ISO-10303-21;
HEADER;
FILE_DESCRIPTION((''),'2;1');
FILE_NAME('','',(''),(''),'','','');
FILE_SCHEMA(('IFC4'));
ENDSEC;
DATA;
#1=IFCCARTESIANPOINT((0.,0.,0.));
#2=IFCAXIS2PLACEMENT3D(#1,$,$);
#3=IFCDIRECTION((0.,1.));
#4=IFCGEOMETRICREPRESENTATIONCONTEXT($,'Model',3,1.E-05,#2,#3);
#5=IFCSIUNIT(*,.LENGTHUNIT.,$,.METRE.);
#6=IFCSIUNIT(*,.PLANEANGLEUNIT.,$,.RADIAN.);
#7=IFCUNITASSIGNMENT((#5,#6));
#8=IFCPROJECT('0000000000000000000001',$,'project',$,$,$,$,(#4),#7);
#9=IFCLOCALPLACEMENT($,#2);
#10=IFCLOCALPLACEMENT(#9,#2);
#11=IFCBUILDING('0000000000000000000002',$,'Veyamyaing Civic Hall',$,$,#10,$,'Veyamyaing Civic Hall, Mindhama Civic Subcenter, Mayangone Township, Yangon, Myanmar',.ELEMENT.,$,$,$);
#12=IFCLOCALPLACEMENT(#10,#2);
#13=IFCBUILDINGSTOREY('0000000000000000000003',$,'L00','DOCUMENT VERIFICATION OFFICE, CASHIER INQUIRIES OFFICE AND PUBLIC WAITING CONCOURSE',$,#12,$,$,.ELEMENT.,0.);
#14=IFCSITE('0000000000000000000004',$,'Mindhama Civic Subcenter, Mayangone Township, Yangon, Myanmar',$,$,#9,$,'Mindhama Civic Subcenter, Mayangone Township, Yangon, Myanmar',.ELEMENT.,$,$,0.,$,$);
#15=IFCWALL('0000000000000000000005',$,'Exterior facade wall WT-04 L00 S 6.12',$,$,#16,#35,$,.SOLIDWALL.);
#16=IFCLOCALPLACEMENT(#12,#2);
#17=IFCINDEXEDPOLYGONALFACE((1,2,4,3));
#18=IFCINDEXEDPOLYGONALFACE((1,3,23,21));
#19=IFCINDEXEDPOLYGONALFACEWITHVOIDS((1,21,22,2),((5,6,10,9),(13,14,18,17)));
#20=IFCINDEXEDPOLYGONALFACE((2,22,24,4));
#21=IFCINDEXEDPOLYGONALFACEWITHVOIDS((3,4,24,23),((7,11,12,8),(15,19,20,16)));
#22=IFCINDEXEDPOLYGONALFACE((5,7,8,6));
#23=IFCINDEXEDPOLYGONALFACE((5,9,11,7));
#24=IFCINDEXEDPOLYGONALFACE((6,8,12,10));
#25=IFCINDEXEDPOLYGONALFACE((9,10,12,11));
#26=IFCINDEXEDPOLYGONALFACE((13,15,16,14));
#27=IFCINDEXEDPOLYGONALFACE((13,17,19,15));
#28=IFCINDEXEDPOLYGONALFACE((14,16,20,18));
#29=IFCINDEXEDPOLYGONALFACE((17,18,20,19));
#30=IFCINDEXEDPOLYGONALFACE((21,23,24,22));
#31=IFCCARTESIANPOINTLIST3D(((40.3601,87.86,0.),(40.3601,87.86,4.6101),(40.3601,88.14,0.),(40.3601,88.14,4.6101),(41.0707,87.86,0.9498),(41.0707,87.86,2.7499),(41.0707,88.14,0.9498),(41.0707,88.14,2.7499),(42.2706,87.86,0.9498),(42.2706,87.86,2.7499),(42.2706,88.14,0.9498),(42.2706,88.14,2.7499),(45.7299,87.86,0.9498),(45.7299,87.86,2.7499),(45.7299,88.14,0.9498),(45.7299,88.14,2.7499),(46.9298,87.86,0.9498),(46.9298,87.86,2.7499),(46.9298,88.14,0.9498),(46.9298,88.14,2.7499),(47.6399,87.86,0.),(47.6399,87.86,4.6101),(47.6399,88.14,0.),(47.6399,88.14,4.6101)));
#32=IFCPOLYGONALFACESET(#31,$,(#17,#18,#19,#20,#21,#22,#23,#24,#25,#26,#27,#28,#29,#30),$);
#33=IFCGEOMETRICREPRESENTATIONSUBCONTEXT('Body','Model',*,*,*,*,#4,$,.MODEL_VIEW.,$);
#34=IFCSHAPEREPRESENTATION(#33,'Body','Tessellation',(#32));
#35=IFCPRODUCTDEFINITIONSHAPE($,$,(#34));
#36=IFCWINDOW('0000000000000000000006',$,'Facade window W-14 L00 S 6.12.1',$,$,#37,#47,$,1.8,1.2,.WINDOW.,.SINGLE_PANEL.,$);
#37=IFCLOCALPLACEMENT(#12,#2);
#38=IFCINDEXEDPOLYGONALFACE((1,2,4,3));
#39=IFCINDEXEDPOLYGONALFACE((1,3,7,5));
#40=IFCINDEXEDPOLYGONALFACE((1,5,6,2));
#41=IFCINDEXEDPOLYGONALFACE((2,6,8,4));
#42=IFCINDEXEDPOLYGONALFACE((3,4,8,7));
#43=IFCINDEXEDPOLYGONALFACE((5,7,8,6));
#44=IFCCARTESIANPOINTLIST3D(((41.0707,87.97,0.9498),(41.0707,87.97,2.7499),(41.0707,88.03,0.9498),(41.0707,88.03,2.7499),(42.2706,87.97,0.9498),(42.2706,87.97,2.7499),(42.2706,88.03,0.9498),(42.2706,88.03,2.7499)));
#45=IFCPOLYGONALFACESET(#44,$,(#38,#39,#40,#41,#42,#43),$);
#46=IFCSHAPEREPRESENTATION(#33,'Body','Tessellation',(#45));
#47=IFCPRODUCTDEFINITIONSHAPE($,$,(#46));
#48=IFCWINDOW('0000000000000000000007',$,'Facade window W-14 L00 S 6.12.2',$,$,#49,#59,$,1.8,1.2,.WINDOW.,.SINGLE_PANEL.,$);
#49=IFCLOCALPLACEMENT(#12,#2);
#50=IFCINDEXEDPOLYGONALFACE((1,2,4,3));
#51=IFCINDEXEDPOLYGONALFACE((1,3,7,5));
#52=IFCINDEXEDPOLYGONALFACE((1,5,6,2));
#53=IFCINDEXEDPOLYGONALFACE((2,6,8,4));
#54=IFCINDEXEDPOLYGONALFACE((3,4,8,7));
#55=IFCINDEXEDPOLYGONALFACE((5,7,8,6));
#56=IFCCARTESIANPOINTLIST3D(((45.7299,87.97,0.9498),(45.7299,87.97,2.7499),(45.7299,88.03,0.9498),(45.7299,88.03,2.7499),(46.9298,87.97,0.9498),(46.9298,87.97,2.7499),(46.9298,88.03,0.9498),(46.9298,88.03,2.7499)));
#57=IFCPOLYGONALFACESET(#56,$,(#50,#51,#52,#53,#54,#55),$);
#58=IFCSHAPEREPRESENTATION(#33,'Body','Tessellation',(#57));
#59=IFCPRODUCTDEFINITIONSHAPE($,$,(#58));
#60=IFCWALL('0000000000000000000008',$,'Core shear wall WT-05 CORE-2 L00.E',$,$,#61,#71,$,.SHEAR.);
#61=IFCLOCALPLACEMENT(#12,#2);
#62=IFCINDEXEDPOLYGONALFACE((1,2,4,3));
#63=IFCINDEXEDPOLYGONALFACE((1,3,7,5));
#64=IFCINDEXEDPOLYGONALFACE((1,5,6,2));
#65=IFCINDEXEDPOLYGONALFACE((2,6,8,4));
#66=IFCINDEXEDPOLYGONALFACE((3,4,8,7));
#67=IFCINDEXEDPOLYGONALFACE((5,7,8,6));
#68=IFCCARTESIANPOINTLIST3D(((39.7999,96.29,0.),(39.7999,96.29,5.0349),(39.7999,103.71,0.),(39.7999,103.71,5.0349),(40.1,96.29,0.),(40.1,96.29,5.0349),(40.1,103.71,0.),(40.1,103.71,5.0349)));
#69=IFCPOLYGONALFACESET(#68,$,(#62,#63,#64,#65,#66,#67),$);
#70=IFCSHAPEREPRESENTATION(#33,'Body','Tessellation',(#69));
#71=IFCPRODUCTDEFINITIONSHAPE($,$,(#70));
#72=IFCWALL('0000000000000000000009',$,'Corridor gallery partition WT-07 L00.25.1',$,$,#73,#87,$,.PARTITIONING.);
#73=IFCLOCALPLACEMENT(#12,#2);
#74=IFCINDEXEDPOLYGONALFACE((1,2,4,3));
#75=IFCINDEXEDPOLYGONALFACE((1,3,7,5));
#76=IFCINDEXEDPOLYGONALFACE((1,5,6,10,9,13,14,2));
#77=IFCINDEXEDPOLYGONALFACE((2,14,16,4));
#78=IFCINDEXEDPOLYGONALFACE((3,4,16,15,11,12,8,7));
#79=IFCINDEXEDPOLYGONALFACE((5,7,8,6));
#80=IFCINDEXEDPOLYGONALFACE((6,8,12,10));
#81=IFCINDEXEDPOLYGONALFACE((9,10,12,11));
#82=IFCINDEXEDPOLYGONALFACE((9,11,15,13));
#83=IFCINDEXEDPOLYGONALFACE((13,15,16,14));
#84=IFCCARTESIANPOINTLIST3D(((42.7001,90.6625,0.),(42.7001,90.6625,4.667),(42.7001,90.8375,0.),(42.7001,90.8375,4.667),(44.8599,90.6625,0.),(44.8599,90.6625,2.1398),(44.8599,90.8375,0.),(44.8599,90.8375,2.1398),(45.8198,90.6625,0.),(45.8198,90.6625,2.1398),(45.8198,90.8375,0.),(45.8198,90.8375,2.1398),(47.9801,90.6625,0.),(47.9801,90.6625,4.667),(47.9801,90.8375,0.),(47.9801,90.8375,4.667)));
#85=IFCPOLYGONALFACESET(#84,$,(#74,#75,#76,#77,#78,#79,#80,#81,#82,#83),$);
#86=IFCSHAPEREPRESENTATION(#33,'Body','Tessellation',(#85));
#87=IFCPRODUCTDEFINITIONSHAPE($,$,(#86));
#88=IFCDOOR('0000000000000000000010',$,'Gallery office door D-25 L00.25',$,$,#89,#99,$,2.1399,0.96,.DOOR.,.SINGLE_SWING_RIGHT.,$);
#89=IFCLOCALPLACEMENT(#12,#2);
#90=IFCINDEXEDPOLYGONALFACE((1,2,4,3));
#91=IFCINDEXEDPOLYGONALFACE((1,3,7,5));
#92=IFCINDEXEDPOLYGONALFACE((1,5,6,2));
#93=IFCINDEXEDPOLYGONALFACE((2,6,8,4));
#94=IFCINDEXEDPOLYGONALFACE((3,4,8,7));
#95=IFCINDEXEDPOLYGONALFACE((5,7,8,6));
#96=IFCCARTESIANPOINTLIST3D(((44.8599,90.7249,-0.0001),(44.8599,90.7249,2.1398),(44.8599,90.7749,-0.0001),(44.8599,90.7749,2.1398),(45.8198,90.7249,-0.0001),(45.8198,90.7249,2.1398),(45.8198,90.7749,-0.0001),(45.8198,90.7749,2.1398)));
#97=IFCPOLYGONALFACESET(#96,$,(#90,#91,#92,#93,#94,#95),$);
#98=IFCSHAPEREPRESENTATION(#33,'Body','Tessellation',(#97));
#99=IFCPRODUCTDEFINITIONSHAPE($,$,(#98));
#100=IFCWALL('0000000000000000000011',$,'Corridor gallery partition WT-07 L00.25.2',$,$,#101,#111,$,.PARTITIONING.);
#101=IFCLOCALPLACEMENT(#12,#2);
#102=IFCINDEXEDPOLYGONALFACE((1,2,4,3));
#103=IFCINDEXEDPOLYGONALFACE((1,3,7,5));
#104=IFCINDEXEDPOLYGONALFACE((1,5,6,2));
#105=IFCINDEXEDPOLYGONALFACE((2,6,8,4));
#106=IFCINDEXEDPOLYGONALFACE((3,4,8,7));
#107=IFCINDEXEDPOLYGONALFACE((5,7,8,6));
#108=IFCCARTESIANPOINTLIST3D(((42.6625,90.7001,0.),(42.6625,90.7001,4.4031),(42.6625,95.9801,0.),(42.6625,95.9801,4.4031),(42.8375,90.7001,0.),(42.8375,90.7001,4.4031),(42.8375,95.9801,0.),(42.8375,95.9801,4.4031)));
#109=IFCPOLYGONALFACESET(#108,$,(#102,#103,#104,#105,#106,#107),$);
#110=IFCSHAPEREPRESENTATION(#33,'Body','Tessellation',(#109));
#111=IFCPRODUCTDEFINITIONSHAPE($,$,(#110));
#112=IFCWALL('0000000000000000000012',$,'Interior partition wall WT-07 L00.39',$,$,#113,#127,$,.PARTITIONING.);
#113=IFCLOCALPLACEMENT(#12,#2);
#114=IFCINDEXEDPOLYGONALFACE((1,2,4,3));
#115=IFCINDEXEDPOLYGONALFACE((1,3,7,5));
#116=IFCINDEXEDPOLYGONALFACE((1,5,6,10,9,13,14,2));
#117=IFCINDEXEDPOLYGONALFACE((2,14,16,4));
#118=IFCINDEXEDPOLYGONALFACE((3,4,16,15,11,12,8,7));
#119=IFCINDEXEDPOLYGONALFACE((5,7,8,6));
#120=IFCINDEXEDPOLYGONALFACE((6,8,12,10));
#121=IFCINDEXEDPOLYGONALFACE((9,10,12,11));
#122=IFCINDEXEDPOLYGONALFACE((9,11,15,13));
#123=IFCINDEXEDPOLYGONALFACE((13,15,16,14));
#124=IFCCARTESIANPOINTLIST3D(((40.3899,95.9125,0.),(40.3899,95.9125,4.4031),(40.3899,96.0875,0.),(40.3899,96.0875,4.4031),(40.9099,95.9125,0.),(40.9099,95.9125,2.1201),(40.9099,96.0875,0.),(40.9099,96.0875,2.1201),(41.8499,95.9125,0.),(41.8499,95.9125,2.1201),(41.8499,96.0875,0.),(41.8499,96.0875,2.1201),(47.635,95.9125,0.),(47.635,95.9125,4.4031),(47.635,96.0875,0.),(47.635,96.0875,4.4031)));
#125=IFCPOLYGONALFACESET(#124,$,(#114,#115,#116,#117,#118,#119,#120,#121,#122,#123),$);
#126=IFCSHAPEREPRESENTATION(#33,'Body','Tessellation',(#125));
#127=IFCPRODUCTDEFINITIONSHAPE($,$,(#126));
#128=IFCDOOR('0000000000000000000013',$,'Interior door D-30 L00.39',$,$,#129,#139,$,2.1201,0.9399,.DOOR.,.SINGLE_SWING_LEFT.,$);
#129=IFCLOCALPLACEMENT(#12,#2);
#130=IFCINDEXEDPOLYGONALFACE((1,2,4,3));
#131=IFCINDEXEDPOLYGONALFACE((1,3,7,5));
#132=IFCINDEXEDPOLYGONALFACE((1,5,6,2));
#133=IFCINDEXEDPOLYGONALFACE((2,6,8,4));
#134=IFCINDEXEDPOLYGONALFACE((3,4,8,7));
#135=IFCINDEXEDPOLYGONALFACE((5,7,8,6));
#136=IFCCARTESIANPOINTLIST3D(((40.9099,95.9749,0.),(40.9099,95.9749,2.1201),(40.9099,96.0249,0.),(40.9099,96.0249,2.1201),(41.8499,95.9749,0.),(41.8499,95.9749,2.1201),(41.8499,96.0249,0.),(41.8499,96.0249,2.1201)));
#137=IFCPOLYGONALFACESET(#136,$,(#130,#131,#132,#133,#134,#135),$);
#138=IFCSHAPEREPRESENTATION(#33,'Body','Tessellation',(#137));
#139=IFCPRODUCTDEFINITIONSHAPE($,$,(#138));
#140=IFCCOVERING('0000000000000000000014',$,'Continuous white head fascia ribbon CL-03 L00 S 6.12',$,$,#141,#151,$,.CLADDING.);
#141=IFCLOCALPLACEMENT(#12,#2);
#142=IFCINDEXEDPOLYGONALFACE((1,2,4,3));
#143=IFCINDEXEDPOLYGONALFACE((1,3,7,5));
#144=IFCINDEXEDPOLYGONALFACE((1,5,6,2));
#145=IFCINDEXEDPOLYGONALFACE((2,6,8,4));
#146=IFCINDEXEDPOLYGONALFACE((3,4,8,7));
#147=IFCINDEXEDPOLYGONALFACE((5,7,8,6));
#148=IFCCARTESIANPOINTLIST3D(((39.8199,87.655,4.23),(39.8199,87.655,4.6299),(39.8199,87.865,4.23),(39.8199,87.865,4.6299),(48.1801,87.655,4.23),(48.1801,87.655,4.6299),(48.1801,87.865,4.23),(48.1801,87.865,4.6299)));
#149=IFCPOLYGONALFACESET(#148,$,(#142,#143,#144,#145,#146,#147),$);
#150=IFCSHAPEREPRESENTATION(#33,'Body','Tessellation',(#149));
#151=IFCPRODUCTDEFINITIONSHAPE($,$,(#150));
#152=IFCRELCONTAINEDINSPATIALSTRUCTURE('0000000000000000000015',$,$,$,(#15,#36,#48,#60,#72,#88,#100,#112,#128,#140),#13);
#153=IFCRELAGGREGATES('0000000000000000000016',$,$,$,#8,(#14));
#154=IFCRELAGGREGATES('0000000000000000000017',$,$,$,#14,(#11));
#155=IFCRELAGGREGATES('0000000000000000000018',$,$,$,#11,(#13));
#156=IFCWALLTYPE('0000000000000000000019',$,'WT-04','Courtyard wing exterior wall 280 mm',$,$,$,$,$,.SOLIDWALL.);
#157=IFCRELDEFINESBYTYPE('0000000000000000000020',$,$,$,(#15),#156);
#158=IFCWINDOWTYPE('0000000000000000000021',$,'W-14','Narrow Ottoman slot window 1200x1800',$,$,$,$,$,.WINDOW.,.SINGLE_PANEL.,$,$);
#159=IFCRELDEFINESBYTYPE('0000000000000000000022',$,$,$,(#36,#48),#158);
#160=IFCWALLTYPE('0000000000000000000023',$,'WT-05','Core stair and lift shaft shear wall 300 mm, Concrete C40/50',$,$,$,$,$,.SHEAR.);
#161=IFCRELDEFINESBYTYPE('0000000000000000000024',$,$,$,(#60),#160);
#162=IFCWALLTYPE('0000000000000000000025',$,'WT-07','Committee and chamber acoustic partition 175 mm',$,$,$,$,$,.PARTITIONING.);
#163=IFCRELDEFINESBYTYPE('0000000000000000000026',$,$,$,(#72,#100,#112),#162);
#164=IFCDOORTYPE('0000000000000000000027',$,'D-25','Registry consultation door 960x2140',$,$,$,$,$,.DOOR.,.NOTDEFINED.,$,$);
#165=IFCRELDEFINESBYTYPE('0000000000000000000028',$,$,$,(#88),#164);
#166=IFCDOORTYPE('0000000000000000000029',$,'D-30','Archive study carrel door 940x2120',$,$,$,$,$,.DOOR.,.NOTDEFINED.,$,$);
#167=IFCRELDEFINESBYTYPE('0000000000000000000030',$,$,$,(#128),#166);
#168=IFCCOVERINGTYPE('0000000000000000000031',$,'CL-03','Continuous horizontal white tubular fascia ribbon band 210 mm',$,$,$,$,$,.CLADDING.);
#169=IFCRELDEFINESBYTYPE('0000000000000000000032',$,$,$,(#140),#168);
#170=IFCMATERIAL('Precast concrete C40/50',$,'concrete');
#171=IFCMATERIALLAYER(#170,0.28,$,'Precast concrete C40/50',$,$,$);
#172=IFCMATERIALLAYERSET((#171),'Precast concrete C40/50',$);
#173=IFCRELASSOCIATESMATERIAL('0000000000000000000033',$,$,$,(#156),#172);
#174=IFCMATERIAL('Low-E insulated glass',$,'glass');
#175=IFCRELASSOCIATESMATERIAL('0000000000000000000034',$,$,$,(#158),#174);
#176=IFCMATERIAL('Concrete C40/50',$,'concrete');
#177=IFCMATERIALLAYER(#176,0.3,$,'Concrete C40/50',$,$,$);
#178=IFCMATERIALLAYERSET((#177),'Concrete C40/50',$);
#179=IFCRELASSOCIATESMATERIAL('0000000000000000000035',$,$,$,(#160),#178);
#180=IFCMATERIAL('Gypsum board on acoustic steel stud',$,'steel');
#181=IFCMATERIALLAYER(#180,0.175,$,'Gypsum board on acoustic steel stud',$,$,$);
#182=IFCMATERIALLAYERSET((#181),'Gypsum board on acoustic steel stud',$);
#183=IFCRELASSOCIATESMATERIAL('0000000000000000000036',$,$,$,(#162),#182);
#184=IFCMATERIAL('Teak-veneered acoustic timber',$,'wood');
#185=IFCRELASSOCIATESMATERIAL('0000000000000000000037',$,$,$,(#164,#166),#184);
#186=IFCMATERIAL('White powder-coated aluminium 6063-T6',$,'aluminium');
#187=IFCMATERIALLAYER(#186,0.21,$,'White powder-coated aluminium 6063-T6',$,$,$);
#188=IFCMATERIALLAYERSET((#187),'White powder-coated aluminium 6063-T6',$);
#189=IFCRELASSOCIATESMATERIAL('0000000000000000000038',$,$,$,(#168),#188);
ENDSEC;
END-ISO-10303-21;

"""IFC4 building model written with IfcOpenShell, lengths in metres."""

from ifc_helpers import new_model, si_unit, direction, frame, frame_2d, origin, origin_2d, place, context, subcontext, project, spatial, rectangle, extrude, material, layer, layer_set, type_object, element, fill, save


model = new_model("IFC4")

# Units and contexts
model_context = context("Model", 3, precision=1e-05, world=origin(), true_north=direction((0.0, 1.0)))
body_context = subcontext(model_context, "Body", "Model", "MODEL_VIEW")
ifc_project = project(units=[si_unit("LENGTHUNIT", "METRE"), si_unit("PLANEANGLEUNIT", "RADIAN")], contexts=[model_context])

# Site, building, storey
site_placement = place(None, origin())
site = spatial("IfcSite", under=ifc_project, at=site_placement, Name="Mindhama Civic Subcenter, Mayangone Township, Yangon, Myanmar", LongName="Mindhama Civic Subcenter, Mayangone Township, Yangon, Myanmar", CompositionType="ELEMENT", RefElevation=0.0)
building_placement = place(site_placement, origin())
building = spatial("IfcBuilding", under=site, at=building_placement, Name="Veyamyaing Civic Hall", LongName="Veyamyaing Civic Hall, Mindhama Civic Subcenter, Mayangone Township, Yangon, Myanmar", CompositionType="ELEMENT")
storey_placement = place(building_placement, origin())
storey = spatial("IfcBuildingStorey", under=building, at=storey_placement, Name="L00", Description="DOCUMENT VERIFICATION OFFICE, CASHIER INQUIRIES OFFICE AND PUBLIC WAITING CONCOURSE", CompositionType="ELEMENT", Elevation=0.0)

# Wall, openings, windows
ifc_material_1 = material(Name="Precast concrete C40/50", Category="concrete")
ifc_layer_1 = layer(ifc_material_1, 0.28, Name="Precast concrete C40/50")
ifc_layer_set_1 = layer_set([ifc_layer_1], Name="Precast concrete C40/50")
wall_type_1 = type_object("IfcWallType", Name="WT-04", Description="Courtyard wing exterior wall 280 mm", PredefinedType="SOLIDWALL", material=ifc_layer_set_1)
wall_1_placement = place(storey_placement, frame((40.3601, 88.0, 0.0), z_axis=(0.0, 0.0, 1.0), x_axis=(1.0, 0.0, 0.0)))
wall_1 = element("IfcWall", 1, at=wall_1_placement, inside=storey, type_object=wall_type_1, Name="Exterior facade wall WT-04 L00 S 6.12", PredefinedType="SOLIDWALL", context=body_context, shape_type="SweptSolid", body=[
    extrude(rectangle(XDim=7.2798, YDim=0.28, at=frame_2d((3.6399, 0.0))), origin(), (0.0, 0.0, 1.0), 4.6101),
])
opening_1_placement = place(wall_1_placement, frame((0.7104, 0.0, 0.95)))
opening_1 = element("IfcOpeningElement", 2, at=opening_1_placement, cuts=wall_1, PredefinedType="OPENING", context=body_context, shape_type="SweptSolid", body=[
    extrude(rectangle(XDim=1.2, YDim=1.8, at=frame_2d((0.6001, 0.8999))), frame((0.0, 0.1499, 0.0), z_axis=(0.0, -1.0, 0.0), x_axis=(1.0, 0.0, 0.0)), (0.0, 0.0, 1.0), 0.3),
])
opening_2_placement = place(wall_1_placement, frame((5.3696, 0.0, 0.95)))
opening_2 = element("IfcOpeningElement", 3, at=opening_2_placement, cuts=wall_1, PredefinedType="OPENING", context=body_context, shape_type="SweptSolid", body=[
    extrude(rectangle(XDim=1.2, YDim=1.8, at=frame_2d((0.6001, 0.8999))), frame((0.0, 0.1499, 0.0), z_axis=(0.0, -1.0, 0.0), x_axis=(1.0, 0.0, 0.0)), (0.0, 0.0, 1.0), 0.3),
])
ifc_material_2 = material(Name="Low-E insulated glass", Category="glass")
window_type = type_object("IfcWindowType", Name="W-14", Description="Narrow Ottoman slot window 1200x1800", PartitioningType="SINGLE_PANEL", PredefinedType="WINDOW", material=ifc_material_2)
window_1_placement = place(opening_1_placement, origin())
window_1 = element("IfcWindow", 4, at=window_1_placement, inside=storey, type_object=window_type, Name="Facade window W-14 L00 S 6.12.1", OverallHeight=1.8, OverallWidth=1.2, PartitioningType="SINGLE_PANEL", PredefinedType="WINDOW", context=body_context, shape_type="SweptSolid", body=[
    extrude(rectangle(XDim=1.2, YDim=1.8, at=frame_2d((0.6001, 0.8999))), frame((0.0, 0.03, 0.0), z_axis=(0.0, -1.0, 0.0), x_axis=(1.0, 0.0, 0.0)), (0.0, 0.0, 1.0), 0.0601),
])
fill(opening_1, window_1)
window_2_placement = place(opening_2_placement, origin())
window_2 = element("IfcWindow", 5, at=window_2_placement, inside=storey, type_object=window_type, Name="Facade window W-14 L00 S 6.12.2", OverallHeight=1.8, OverallWidth=1.2, PartitioningType="SINGLE_PANEL", PredefinedType="WINDOW", context=body_context, shape_type="SweptSolid", body=[
    extrude(rectangle(XDim=1.2, YDim=1.8, at=frame_2d((0.6001, 0.8999))), frame((0.0, 0.03, 0.0), z_axis=(0.0, -1.0, 0.0), x_axis=(1.0, 0.0, 0.0)), (0.0, 0.0, 1.0), 0.0601),
])
fill(opening_2, window_2)

# Wall
ifc_material_3 = material(Name="Concrete C40/50", Category="concrete")
ifc_layer_2 = layer(ifc_material_3, 0.3, Name="Concrete C40/50")
ifc_layer_set_2 = layer_set([ifc_layer_2], Name="Concrete C40/50")
wall_type_2 = type_object("IfcWallType", Name="WT-05", Description="Core stair and lift shaft shear wall 300 mm, Concrete C40/50", PredefinedType="SHEAR", material=ifc_layer_set_2)
wall_2_placement = place(storey_placement, frame((39.95, 96.29, 0.0), z_axis=(0.0, 0.0, 1.0), x_axis=(0.0, 1.0, 0.0)))
element("IfcWall", 6, at=wall_2_placement, inside=storey, type_object=wall_type_2, Name="Core shear wall WT-05 CORE-2 L00.E", PredefinedType="SHEAR", context=body_context, shape_type="SweptSolid", body=[
    extrude(rectangle(XDim=7.4199, YDim=0.3, at=frame_2d((3.71, 0.0))), origin(), (0.0, 0.0, 1.0), 5.0349),
])

# Wall, opening, door
ifc_material_4 = material(Name="Gypsum board on acoustic steel stud", Category="steel")
ifc_layer_3 = layer(ifc_material_4, 0.175, Name="Gypsum board on acoustic steel stud")
ifc_layer_set_3 = layer_set([ifc_layer_3], Name="Gypsum board on acoustic steel stud")
wall_type_3 = type_object("IfcWallType", Name="WT-07", Description="Committee and chamber acoustic partition 175 mm", PredefinedType="PARTITIONING", material=ifc_layer_set_3)
wall_3_placement = place(storey_placement, frame((42.7, 90.75, 0.0), z_axis=(0.0, 0.0, 1.0), x_axis=(1.0, 0.0, 0.0)))
wall_3 = element("IfcWall", 7, at=wall_3_placement, inside=storey, type_object=wall_type_3, Name="Corridor gallery partition WT-07 L00.25.1", PredefinedType="PARTITIONING", context=body_context, shape_type="SweptSolid", body=[
    extrude(rectangle(XDim=5.28, YDim=0.175, at=frame_2d((2.6401, 0.0))), origin(), (0.0, 0.0, 1.0), 4.667),
])
opening_3_placement = place(wall_3_placement, frame((2.1599, 0.0, 0.0)))
opening_3 = element("IfcOpeningElement", 8, at=opening_3_placement, cuts=wall_3, PredefinedType="OPENING", context=body_context, shape_type="SweptSolid", body=[
    extrude(rectangle(XDim=0.96, YDim=2.1399, at=frame_2d((0.48, 1.0698))), frame((0.0, 0.0974, 0.0), z_axis=(0.0, -1.0, 0.0), x_axis=(1.0, 0.0, 0.0)), (0.0, 0.0, 1.0), 0.1951),
])
ifc_material_5 = material(Name="Teak-veneered acoustic timber", Category="wood")
door_type_1 = type_object("IfcDoorType", Name="D-25", Description="Registry consultation door 960x2140", OperationType="NOTDEFINED", PredefinedType="DOOR", material=ifc_material_5)
door_1_placement = place(opening_3_placement, origin())
door_1 = element("IfcDoor", 9, at=door_1_placement, inside=storey, type_object=door_type_1, Name="Gallery office door D-25 L00.25", OperationType="SINGLE_SWING_RIGHT", OverallHeight=2.1399, OverallWidth=0.96, PredefinedType="DOOR", context=body_context, shape_type="SweptSolid", body=[
    extrude(rectangle(XDim=0.96, YDim=2.1399, at=frame_2d((0.48, 1.0698))), frame((0.0, 0.0249, 0.0), z_axis=(0.0, -1.0, 0.0), x_axis=(1.0, 0.0, 0.0)), (0.0, 0.0, 1.0), 0.05),
])
fill(opening_3, door_1)

# Wall
wall_4_placement = place(storey_placement, frame((42.75, 90.7, 0.0), z_axis=(0.0, 0.0, 1.0), x_axis=(0.0, 1.0, 0.0)))
element("IfcWall", 10, at=wall_4_placement, inside=storey, type_object=wall_type_3, Name="Corridor gallery partition WT-07 L00.25.2", PredefinedType="PARTITIONING", context=body_context, shape_type="SweptSolid", body=[
    extrude(rectangle(XDim=5.28, YDim=0.175, at=frame_2d((2.6401, 0.0))), origin(), (0.0, 0.0, 1.0), 4.4031),
])

# Wall, opening, door
wall_5_placement = place(storey_placement, frame((40.3899, 96.0, 0.0), z_axis=(0.0, 0.0, 1.0), x_axis=(1.0, 0.0, 0.0)))
wall_5 = element("IfcWall", 11, at=wall_5_placement, inside=storey, type_object=wall_type_3, Name="Interior partition wall WT-07 L00.39", PredefinedType="PARTITIONING", context=body_context, shape_type="SweptSolid", body=[
    extrude(rectangle(XDim=7.2451, YDim=0.175, at=frame_2d((3.6226, 0.0))), origin(), (0.0, 0.0, 1.0), 4.4031),
])
opening_4_placement = place(wall_5_placement, frame((0.52, 0.0, 0.0)))
opening_4 = element("IfcOpeningElement", 12, at=opening_4_placement, cuts=wall_5, PredefinedType="OPENING", context=body_context, shape_type="SweptSolid", body=[
    extrude(rectangle(XDim=0.9399, YDim=2.1201, at=frame_2d((0.47, 1.0601))), frame((0.0, 0.0974, 0.0), z_axis=(0.0, -1.0, 0.0), x_axis=(1.0, 0.0, 0.0)), (0.0, 0.0, 1.0), 0.1951),
])
door_type_2 = type_object("IfcDoorType", Name="D-30", Description="Archive study carrel door 940x2120", OperationType="NOTDEFINED", PredefinedType="DOOR", material=ifc_material_5)
door_2_placement = place(opening_4_placement, origin())
door_2 = element("IfcDoor", 13, at=door_2_placement, inside=storey, type_object=door_type_2, Name="Interior door D-30 L00.39", OperationType="SINGLE_SWING_LEFT", OverallHeight=2.1201, OverallWidth=0.9399, PredefinedType="DOOR", context=body_context, shape_type="SweptSolid", body=[
    extrude(rectangle(XDim=0.9399, YDim=2.1201, at=frame_2d((0.47, 1.0601))), frame((0.0, 0.0249, 0.0), z_axis=(0.0, -1.0, 0.0), x_axis=(1.0, 0.0, 0.0)), (0.0, 0.0, 1.0), 0.05),
])
fill(opening_4, door_2)

# Covering
ifc_material_6 = material(Name="White powder-coated aluminium 6063-T6", Category="aluminium")
ifc_layer_4 = layer(ifc_material_6, 0.21, Name="White powder-coated aluminium 6063-T6")
ifc_layer_set_4 = layer_set([ifc_layer_4], Name="White powder-coated aluminium 6063-T6")
covering_type = type_object("IfcCoveringType", Name="CL-03", Description="Continuous horizontal white tubular fascia ribbon band 210 mm", PredefinedType="CLADDING", material=ifc_layer_set_4)
covering_placement = place(storey_placement, frame((44.0, 87.76, 4.23), z_axis=(0.0, 0.0, 1.0), x_axis=(1.0, 0.0, 0.0)))
element("IfcCovering", 14, at=covering_placement, inside=storey, type_object=covering_type, Name="Continuous white head fascia ribbon CL-03 L00 S 6.12", PredefinedType="CLADDING", context=body_context, shape_type="SweptSolid", body=[
    extrude(rectangle(XDim=8.3601, YDim=0.21, at=origin_2d()), origin(), (0.0, 0.0, 1.0), 0.3999),
])

save(model, "model.ifc")
